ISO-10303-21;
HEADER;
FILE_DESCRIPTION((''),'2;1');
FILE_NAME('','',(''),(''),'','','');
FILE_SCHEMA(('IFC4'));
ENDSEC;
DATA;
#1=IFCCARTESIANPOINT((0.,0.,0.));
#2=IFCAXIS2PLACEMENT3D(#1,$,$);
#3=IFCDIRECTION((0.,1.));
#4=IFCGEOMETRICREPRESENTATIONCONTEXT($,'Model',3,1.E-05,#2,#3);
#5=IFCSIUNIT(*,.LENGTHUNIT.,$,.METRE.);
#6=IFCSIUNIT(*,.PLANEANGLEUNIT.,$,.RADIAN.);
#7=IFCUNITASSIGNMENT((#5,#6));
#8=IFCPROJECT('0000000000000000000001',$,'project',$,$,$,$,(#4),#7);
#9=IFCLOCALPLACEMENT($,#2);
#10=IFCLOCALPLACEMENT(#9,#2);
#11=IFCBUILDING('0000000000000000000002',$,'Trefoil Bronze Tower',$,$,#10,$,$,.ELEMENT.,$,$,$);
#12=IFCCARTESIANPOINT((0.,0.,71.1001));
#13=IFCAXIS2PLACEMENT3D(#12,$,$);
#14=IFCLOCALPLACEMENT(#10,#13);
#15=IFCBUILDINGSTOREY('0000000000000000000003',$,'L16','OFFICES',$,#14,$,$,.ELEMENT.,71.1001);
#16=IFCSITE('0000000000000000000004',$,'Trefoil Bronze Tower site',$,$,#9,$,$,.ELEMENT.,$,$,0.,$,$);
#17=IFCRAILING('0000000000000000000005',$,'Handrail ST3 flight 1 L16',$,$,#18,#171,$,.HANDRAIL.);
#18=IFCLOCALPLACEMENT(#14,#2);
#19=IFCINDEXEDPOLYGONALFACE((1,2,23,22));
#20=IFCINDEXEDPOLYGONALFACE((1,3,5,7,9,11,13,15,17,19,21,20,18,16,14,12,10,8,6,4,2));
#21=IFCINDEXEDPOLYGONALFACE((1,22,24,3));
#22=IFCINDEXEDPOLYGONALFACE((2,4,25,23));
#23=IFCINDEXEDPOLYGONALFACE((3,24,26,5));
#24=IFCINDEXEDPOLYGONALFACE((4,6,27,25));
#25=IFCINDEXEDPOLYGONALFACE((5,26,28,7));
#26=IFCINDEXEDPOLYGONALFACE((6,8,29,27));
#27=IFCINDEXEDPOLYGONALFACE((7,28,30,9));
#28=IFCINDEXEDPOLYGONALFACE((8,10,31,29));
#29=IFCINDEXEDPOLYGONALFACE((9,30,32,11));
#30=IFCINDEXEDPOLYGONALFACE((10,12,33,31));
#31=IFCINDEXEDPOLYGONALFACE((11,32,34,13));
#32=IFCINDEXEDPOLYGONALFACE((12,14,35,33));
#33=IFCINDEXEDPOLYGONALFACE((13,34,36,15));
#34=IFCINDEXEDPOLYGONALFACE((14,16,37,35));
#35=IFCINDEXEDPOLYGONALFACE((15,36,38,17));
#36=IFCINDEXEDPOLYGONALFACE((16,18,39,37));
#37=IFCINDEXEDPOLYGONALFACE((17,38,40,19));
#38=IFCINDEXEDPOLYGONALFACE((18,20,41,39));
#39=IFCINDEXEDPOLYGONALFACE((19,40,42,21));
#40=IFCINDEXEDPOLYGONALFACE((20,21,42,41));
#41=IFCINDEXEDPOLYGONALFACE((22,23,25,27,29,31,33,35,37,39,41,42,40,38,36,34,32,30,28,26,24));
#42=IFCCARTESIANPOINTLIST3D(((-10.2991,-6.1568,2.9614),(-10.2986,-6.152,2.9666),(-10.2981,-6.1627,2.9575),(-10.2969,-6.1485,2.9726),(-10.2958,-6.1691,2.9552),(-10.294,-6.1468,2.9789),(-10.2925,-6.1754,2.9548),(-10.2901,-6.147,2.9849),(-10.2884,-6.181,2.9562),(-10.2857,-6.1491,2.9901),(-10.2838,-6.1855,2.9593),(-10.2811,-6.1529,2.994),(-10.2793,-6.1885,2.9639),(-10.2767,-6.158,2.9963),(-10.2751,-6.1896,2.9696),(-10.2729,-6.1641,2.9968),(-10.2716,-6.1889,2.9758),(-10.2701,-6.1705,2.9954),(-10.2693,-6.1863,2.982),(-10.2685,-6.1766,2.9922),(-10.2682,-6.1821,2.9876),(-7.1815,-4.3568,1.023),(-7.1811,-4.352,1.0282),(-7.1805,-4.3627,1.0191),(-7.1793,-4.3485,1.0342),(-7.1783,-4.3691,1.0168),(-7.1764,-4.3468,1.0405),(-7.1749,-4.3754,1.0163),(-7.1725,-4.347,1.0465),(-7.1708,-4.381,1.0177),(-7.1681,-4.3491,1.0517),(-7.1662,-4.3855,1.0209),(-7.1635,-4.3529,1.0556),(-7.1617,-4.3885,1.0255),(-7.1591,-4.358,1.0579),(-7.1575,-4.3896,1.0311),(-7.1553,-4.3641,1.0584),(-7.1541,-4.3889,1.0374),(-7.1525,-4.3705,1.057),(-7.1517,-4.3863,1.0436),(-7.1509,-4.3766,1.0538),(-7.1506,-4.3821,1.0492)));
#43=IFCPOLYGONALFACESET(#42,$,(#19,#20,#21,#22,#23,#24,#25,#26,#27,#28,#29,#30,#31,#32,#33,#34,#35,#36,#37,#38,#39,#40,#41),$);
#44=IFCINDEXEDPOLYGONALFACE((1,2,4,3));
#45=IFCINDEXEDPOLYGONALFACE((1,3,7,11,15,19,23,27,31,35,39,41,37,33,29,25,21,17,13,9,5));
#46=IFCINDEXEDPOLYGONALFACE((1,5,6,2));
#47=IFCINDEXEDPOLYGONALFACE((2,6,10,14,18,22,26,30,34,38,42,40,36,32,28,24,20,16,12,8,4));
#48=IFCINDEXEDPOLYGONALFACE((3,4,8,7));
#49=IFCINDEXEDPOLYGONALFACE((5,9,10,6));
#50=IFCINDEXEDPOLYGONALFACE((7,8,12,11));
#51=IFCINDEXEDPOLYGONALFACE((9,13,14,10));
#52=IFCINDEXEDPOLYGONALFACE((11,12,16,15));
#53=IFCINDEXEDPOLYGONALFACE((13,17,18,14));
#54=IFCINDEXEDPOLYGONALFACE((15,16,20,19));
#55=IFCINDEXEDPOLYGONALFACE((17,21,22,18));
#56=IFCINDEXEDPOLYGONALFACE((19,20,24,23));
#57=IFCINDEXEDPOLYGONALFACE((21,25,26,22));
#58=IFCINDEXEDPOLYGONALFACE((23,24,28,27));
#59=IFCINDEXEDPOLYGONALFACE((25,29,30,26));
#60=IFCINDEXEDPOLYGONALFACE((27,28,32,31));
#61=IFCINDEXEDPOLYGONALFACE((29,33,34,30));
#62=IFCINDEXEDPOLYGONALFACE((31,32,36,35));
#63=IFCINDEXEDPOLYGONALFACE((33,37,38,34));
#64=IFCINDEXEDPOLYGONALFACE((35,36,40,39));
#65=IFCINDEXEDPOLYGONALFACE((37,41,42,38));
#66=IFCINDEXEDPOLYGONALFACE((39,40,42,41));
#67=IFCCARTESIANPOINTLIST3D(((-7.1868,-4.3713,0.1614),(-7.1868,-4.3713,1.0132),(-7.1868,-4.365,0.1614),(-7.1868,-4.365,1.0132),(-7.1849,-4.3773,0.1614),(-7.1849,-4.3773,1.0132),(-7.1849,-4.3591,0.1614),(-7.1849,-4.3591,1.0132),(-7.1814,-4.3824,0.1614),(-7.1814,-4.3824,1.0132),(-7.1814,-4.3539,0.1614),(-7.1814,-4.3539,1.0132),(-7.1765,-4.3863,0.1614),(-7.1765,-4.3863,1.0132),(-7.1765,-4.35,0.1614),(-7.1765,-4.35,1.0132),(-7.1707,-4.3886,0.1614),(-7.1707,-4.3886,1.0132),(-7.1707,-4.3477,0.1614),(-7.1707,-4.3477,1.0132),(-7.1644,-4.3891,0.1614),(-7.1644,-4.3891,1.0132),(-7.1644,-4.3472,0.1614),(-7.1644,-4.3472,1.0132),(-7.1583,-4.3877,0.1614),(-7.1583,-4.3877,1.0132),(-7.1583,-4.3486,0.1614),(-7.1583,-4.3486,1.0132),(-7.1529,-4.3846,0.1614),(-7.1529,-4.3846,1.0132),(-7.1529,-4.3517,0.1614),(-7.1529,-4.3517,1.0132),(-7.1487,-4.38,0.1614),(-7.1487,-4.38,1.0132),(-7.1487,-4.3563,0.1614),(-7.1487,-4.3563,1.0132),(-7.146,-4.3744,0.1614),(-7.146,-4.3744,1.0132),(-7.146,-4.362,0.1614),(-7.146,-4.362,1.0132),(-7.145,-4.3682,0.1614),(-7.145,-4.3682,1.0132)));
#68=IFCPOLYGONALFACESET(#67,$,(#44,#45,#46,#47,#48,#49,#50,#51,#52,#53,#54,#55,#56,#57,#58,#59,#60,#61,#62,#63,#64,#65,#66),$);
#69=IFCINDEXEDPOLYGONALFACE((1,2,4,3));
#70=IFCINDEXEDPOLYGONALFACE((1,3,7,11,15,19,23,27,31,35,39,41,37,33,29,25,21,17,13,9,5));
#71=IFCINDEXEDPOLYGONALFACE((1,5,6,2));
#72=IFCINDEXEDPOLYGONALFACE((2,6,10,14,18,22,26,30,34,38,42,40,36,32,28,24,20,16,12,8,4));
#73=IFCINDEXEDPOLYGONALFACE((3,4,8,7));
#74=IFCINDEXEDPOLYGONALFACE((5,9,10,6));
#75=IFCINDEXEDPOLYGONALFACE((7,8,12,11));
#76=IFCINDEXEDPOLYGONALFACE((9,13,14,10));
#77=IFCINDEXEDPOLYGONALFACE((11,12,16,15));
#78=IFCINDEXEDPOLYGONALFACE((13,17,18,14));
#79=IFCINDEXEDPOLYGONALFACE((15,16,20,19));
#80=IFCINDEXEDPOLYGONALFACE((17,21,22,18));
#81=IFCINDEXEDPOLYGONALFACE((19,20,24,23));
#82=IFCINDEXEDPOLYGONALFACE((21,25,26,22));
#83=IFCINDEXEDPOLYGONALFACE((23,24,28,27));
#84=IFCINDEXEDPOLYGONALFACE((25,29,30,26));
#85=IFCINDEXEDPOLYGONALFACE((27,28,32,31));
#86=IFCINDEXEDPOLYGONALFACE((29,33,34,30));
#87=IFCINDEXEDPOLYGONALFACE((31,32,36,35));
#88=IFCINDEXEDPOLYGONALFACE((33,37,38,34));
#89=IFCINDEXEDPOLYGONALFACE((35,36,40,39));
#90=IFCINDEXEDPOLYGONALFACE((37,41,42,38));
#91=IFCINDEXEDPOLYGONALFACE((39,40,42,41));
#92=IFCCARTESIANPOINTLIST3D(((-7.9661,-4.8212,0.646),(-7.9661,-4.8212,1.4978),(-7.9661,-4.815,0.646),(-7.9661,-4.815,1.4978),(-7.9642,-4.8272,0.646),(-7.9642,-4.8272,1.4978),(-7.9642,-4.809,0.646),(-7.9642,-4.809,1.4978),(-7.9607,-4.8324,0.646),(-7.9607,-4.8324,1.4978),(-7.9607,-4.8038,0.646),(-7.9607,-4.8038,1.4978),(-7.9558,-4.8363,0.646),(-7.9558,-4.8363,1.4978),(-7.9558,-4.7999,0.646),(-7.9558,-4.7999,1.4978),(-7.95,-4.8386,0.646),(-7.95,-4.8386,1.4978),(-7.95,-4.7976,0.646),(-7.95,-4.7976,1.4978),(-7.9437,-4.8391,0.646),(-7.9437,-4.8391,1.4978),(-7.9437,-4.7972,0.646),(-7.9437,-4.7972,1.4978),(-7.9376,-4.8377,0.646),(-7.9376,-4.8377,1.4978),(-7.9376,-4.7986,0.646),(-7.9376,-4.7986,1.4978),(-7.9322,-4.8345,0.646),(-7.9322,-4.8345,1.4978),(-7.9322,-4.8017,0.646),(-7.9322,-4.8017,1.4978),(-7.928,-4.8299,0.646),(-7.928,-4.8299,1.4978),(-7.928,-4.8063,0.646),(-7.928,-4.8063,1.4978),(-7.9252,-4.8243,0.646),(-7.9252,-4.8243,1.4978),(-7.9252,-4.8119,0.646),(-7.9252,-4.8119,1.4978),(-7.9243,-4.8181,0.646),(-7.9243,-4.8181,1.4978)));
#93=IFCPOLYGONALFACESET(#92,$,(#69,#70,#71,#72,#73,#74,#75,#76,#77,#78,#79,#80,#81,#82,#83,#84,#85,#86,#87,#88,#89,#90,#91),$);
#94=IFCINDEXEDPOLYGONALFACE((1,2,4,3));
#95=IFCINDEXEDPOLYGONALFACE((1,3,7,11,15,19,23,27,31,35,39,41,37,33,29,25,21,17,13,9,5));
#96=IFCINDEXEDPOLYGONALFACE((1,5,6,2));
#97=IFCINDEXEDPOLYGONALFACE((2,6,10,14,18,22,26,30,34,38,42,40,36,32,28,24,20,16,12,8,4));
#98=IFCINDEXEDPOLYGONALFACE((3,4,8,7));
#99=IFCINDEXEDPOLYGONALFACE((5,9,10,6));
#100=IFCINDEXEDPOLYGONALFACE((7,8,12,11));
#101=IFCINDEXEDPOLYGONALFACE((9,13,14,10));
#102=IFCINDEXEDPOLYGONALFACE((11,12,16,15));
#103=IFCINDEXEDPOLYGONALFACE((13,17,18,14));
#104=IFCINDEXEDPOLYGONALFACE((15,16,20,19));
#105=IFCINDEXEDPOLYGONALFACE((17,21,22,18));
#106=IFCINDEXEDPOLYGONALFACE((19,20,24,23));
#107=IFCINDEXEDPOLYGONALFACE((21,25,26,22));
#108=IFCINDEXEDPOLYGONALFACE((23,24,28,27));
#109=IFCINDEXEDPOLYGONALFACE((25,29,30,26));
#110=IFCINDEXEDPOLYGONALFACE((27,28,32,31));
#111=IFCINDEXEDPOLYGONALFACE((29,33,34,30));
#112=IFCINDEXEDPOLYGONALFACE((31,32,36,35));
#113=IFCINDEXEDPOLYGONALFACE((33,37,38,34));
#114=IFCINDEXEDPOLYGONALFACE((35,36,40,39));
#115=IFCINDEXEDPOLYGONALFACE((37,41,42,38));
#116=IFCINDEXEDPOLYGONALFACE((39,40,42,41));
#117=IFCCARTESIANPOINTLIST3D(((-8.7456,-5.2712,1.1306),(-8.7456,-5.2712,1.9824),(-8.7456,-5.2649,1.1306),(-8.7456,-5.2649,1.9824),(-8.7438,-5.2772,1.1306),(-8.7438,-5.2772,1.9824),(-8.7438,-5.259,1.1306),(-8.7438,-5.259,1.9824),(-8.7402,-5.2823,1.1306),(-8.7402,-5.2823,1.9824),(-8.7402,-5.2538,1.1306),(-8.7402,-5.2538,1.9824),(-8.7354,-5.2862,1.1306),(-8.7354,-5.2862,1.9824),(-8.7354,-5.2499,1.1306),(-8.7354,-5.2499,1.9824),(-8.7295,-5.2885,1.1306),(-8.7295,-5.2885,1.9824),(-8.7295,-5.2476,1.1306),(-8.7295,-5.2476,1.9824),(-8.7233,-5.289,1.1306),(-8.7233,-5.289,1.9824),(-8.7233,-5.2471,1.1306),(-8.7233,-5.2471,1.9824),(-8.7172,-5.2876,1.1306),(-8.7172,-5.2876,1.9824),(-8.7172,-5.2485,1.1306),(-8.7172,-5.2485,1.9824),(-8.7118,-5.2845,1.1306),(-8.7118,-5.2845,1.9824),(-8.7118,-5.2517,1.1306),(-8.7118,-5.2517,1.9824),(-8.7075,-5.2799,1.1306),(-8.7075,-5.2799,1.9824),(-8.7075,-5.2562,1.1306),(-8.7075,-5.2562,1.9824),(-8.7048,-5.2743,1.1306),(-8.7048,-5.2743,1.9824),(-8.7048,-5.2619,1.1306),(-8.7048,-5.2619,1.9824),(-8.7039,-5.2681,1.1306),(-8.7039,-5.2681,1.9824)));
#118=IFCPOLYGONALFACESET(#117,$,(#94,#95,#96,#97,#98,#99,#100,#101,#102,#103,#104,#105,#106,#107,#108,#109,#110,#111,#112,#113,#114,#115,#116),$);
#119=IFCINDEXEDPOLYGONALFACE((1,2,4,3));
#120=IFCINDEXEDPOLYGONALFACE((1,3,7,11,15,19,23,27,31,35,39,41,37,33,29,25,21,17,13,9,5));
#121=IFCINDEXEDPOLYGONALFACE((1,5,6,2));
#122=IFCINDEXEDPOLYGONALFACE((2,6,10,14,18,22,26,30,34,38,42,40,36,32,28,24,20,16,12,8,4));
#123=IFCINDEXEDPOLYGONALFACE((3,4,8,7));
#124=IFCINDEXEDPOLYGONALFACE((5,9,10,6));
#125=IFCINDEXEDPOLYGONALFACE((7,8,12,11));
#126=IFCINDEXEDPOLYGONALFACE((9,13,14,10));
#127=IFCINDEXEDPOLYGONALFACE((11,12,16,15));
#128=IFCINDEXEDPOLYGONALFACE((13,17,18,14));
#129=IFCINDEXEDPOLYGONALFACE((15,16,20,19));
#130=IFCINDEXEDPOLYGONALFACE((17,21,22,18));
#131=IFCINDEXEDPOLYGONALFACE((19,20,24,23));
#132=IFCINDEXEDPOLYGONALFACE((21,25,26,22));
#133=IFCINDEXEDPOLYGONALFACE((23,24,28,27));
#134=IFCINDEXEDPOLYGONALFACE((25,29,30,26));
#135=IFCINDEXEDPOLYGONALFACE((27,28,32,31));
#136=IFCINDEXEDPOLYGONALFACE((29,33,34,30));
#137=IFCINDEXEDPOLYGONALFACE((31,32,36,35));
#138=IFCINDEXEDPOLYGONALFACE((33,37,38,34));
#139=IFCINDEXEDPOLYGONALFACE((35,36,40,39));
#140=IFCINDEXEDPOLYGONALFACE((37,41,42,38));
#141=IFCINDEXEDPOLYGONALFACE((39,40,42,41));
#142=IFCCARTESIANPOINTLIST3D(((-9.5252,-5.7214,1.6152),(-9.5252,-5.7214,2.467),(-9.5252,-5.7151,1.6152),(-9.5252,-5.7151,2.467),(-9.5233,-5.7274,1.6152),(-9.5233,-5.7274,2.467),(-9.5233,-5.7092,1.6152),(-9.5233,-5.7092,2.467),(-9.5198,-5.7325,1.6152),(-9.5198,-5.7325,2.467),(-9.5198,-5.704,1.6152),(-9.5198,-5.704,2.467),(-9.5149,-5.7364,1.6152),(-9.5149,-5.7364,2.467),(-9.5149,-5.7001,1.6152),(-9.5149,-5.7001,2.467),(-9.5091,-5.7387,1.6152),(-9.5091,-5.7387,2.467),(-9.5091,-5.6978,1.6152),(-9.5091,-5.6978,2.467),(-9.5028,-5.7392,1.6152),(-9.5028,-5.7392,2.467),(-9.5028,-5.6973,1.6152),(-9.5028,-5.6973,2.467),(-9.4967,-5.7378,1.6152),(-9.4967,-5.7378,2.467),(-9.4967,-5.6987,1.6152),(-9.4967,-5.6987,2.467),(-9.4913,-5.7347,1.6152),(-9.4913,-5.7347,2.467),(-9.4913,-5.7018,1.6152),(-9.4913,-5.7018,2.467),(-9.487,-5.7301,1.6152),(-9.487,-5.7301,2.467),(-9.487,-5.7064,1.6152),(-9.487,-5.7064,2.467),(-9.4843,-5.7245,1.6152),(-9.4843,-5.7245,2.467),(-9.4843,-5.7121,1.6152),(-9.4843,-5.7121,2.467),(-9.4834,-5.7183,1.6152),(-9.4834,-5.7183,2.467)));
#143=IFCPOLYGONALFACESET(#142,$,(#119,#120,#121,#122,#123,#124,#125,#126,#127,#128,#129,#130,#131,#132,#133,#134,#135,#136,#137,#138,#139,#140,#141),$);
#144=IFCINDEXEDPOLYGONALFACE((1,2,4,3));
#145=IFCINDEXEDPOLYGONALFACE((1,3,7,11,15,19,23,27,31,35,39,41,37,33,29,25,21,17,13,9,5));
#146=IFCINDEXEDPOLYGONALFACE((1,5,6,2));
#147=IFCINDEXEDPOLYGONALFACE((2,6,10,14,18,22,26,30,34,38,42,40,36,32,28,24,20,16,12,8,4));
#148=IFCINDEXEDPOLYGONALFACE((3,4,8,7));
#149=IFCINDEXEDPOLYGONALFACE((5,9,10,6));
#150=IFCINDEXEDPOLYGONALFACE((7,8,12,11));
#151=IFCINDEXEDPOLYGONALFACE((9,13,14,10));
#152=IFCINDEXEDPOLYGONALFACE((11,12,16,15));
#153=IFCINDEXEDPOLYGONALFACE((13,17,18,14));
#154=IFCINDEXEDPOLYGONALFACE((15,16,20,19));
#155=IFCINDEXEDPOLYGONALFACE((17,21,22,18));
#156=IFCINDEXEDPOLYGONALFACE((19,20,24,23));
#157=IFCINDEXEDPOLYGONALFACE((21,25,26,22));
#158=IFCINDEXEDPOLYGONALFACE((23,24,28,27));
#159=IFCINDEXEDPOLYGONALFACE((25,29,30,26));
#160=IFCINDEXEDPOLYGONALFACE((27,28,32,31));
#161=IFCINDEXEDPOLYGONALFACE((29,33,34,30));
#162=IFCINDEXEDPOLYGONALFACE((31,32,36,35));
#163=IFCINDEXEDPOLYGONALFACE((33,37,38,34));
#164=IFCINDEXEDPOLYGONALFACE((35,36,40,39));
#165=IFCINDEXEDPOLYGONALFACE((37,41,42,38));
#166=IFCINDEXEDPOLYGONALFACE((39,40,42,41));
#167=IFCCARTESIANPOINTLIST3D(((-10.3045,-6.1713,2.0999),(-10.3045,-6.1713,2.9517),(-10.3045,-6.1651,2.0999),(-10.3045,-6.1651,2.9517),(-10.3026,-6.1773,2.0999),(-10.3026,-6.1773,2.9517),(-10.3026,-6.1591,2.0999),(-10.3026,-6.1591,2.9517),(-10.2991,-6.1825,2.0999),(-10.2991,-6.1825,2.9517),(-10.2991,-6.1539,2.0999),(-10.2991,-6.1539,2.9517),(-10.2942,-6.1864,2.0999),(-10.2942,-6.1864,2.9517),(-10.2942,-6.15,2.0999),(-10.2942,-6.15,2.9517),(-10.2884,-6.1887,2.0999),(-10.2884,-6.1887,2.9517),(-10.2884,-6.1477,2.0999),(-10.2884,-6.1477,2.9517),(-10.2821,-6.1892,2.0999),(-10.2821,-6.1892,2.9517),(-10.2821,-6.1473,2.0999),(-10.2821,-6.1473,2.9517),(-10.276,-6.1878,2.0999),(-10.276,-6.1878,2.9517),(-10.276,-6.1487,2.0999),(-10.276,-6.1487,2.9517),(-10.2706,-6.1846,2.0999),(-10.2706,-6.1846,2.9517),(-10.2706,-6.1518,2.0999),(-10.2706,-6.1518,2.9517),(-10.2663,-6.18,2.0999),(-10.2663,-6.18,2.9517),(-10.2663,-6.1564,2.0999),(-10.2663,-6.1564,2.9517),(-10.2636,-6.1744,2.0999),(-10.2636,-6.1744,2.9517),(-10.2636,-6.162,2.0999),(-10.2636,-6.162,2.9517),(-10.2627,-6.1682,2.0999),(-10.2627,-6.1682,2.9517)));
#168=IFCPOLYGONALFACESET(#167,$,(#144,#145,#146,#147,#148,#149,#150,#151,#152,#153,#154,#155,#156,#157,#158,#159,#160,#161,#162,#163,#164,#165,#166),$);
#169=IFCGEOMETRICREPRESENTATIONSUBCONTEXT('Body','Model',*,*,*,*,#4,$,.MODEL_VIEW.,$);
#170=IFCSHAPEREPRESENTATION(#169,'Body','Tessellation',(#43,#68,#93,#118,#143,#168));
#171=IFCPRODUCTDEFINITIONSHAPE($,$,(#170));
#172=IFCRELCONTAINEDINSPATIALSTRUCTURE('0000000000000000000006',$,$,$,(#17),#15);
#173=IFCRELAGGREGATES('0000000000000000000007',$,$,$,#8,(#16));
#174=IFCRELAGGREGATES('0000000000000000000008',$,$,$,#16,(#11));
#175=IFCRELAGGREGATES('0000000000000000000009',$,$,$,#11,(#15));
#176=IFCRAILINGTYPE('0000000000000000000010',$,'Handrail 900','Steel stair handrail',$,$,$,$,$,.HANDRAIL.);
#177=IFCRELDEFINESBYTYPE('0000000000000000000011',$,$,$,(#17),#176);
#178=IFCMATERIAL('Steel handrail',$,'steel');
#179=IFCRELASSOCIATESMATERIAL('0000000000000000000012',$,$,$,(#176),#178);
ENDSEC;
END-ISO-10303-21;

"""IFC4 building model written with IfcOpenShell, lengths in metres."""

from ifc_helpers import new_model, si_unit, direction, frame, origin, origin_2d, place, context, subcontext, project, spatial, circle, extrude, material, type_object, element, save


model = new_model("IFC4")

# Units and contexts
model_context = context("Model", 3, precision=1e-05, world=origin(), true_north=direction((0.0, 1.0)))
body_context = subcontext(model_context, "Body", "Model", "MODEL_VIEW")
ifc_project = project(units=[si_unit("LENGTHUNIT", "METRE"), si_unit("PLANEANGLEUNIT", "RADIAN")], contexts=[model_context])

# Site, building, storey
site_placement = place(None, origin())
site = spatial("IfcSite", under=ifc_project, at=site_placement, Name="Trefoil Bronze Tower site", CompositionType="ELEMENT", RefElevation=0.0)
building_placement = place(site_placement, origin())
building = spatial("IfcBuilding", under=site, at=building_placement, Name="Trefoil Bronze Tower", CompositionType="ELEMENT")
storey_placement = place(building_placement, frame((0.0, 0.0, 71.1001)))
storey = spatial("IfcBuildingStorey", under=building, at=storey_placement, Name="L16", Description="OFFICES", CompositionType="ELEMENT", Elevation=71.1001)

# Railing
ifc_material_1 = material(Name="Steel handrail", Category="steel")
railing_type = type_object("IfcRailingType", Name="Handrail 900", Description="Steel stair handrail", PredefinedType="HANDRAIL", material=ifc_material_1)
railing_1_placement = place(storey_placement, frame((-7.166, -4.3682, 0.1614)))
element("IfcRailing", 1, at=railing_1_placement, inside=storey, type_object=railing_type, Name="Handrail ST3 flight 1 L16", PredefinedType="HANDRAIL", context=body_context, shape_type="SweptSolid", body=[
    extrude(circle(Radius=0.0239, at=origin_2d()), frame((0.0, 0.0, 0.876), z_axis=(-0.762503, -0.440246, 0.474102), x_axis=(0.500012, -0.866018, 0.0)), (0.0, 0.0, 1.0), 4.0886),
    extrude(circle(Radius=0.021, at=origin_2d()), origin(), (0.0, 0.0, 1.0), 0.8518),
    extrude(circle(Radius=0.021, at=origin_2d()), frame((-0.7793, -0.45, 0.4846)), (0.0, 0.0, 1.0), 0.8518),
    extrude(circle(Radius=0.021, at=origin_2d()), frame((-1.5588, -0.8999, 0.9692)), (0.0, 0.0, 1.0), 0.8518),
    extrude(circle(Radius=0.021, at=origin_2d()), frame((-2.3384, -1.3501, 1.4539)), (0.0, 0.0, 1.0), 0.8518),
    extrude(circle(Radius=0.021, at=origin_2d()), frame((-3.1177, -1.8, 1.9385)), (0.0, 0.0, 1.0), 0.8518),
])

save(model, "model.ifc")
